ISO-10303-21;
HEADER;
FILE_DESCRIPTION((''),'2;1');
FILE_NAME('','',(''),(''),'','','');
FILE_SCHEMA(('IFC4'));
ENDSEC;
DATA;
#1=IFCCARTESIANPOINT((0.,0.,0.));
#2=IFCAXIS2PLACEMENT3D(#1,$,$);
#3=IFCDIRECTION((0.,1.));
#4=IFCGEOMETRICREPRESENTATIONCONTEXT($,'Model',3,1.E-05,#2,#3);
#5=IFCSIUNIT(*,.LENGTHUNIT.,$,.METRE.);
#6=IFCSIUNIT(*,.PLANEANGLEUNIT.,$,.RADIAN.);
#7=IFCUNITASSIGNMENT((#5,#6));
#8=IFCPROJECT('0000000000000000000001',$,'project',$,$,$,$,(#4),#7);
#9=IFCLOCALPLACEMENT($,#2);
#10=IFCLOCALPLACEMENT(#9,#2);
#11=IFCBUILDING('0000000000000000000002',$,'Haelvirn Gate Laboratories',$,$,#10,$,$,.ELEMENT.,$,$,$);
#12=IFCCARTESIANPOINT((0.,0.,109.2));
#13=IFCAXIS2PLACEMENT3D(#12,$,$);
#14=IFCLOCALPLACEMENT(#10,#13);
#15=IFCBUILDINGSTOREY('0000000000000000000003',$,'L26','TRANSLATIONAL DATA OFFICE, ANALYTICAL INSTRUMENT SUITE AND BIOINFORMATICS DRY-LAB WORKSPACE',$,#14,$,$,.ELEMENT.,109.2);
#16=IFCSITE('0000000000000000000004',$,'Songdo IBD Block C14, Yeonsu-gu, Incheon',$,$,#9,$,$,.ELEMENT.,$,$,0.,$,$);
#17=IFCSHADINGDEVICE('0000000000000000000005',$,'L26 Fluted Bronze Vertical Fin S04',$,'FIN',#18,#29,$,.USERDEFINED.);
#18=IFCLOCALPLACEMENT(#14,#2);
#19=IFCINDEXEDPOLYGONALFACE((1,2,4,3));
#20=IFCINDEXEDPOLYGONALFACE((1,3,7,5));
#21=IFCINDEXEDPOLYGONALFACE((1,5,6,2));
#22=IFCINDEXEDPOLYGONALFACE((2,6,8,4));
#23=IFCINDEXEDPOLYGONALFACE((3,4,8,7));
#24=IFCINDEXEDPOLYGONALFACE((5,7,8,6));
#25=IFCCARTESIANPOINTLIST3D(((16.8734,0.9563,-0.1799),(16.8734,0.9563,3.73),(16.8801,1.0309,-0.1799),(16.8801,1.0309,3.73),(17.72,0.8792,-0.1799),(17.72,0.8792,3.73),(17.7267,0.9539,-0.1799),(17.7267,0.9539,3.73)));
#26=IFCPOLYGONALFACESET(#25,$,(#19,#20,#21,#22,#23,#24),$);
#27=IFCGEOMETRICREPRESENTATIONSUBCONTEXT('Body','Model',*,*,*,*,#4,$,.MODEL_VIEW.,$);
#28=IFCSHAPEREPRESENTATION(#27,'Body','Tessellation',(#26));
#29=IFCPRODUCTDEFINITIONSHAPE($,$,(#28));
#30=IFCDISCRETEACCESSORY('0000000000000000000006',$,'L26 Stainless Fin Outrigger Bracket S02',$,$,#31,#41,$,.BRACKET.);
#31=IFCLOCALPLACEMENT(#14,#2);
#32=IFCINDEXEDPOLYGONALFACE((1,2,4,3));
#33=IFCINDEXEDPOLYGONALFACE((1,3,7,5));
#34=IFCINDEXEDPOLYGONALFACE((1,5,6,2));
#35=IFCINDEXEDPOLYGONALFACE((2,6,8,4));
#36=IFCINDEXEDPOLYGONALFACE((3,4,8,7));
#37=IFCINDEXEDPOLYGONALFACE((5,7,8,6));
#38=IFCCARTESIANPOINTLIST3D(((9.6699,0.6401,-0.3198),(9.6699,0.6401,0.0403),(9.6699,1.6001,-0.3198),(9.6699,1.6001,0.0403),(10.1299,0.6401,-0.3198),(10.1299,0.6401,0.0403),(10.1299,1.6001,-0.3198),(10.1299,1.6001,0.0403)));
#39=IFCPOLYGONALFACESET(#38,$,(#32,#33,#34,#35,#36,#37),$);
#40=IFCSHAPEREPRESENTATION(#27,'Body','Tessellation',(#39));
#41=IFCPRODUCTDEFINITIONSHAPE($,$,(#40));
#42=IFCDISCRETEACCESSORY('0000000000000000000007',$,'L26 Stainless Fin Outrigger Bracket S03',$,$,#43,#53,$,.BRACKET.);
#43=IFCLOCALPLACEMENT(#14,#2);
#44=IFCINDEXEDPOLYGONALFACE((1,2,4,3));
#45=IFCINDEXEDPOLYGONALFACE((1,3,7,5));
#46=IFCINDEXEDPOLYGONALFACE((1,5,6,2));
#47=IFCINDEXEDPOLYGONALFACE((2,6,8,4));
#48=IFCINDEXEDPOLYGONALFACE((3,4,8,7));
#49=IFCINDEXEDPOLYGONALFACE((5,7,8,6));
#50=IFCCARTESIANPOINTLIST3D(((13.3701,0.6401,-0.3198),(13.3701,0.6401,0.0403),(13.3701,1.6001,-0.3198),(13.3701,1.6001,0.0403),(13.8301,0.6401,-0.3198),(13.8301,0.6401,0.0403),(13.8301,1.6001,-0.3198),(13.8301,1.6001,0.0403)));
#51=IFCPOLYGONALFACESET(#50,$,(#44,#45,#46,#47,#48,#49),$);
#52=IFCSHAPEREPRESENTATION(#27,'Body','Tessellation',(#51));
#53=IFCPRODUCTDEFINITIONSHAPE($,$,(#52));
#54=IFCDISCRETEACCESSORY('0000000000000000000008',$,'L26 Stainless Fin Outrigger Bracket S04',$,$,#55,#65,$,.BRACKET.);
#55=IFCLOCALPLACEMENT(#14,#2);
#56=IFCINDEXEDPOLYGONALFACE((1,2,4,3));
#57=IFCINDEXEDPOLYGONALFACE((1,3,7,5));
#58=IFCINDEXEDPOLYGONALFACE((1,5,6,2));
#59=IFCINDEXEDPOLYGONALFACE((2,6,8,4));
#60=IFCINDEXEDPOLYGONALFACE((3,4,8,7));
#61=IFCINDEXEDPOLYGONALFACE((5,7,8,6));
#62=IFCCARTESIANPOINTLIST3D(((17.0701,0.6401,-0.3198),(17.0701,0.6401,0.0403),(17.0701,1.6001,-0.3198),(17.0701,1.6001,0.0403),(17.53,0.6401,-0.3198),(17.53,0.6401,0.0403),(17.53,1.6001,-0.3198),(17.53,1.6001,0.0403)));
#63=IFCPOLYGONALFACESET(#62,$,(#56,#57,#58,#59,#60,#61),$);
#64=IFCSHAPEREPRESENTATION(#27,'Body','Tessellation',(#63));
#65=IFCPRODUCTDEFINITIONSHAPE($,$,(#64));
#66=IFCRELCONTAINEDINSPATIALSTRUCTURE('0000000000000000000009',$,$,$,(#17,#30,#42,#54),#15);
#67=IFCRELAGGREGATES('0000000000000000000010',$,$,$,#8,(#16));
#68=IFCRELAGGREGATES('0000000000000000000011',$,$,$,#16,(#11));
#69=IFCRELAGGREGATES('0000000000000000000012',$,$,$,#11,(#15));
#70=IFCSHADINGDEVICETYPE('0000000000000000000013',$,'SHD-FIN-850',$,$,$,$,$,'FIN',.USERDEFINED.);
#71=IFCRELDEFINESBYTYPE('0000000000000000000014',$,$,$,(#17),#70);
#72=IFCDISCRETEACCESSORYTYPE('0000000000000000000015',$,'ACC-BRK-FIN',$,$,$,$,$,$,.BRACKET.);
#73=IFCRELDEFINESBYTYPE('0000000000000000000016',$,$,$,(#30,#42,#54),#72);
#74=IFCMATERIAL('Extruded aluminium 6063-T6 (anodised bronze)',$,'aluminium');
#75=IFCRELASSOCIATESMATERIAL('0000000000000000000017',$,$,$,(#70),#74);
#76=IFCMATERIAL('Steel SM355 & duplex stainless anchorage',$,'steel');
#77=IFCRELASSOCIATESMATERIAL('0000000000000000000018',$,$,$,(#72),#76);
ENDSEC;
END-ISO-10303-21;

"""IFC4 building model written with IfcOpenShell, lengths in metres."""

from ifc_helpers import new_model, si_unit, direction, frame, origin, origin_2d, place, context, subcontext, project, spatial, rectangle, extrude, source, transform, mapped, material, material_profile, profile_set, type_object, type_shapes, element, save


model = new_model("IFC4")

# Units and contexts
model_context = context("Model", 3, precision=1e-05, world=origin(), true_north=direction((0.0, 1.0)))
body_context = subcontext(model_context, "Body", "Model", "MODEL_VIEW")
ifc_project = project(units=[si_unit("LENGTHUNIT", "METRE"), si_unit("PLANEANGLEUNIT", "RADIAN")], contexts=[model_context])

# Site, building, storey
site_placement = place(None, origin())
site = spatial("IfcSite", under=ifc_project, at=site_placement, Name="Songdo IBD Block C14, Yeonsu-gu, Incheon", CompositionType="ELEMENT", RefElevation=0.0)
building_placement = place(site_placement, origin())
building = spatial("IfcBuilding", under=site, at=building_placement, Name="Haelvirn Gate Laboratories", CompositionType="ELEMENT")
storey_placement = place(building_placement, frame((0.0, 0.0, 109.2)))
storey = spatial("IfcBuildingStorey", under=building, at=storey_placement, Name="L26", Description="TRANSLATIONAL DATA OFFICE, ANALYTICAL INSTRUMENT SUITE AND BIOINFORMATICS DRY-LAB WORKSPACE", CompositionType="ELEMENT", Elevation=109.2)

# Shared definitions
ifc_material_1 = material(Name="Extruded aluminium 6063-T6 (anodised bronze)", Category="aluminium")

# Shading device
ifc_material_profile_1 = material_profile(ifc_material_1, rectangle(XDim=0.075, YDim=0.8501, at=origin_2d()), Name="FIN-850x75")
ifc_profile_set_1 = profile_set([ifc_material_profile_1], Name="Extruded aluminium 6063-T6 (anodised bronze)")
shading_device_type = type_object("IfcShadingDeviceType", Name="SHD-FIN-850", ElementType="FIN", PredefinedType="USERDEFINED", material=ifc_profile_set_1)
shared_shape_1 = source(origin(), body_context, "Body", "SweptSolid", [
    extrude(rectangle(XDim=0.075, YDim=0.8501, at=origin_2d()), origin(), (0.0, 0.0, 1.0), 3.9099),
])
type_shapes(shading_device_type, [shared_shape_1])
for number, where, z_axis, x_axis, name in (
    (1, (17.3, 0.9551, -0.1799), (0.0, 0.0, 1.0), (0.090633, 0.995884, 0.0), "L26 Fluted Bronze Vertical Fin S04"),
):
    element("IfcShadingDevice", number, at=place(storey_placement, frame(where, z_axis=z_axis, x_axis=x_axis)), inside=storey, type_object=shading_device_type, Name=name, ObjectType="FIN", PredefinedType="USERDEFINED", context=body_context, shape_type="MappedRepresentation", body=[
        mapped(shared_shape_1, transform((0.0, 0.0, 0.0), scale=1.0)),
    ])

# Discrete accessories
ifc_material_2 = material(Name="Steel SM355 & duplex stainless anchorage", Category="steel")
discrete_accessory_type = type_object("IfcDiscreteAccessoryType", Name="ACC-BRK-FIN", PredefinedType="BRACKET", material=ifc_material_2)
shared_shape_2 = source(origin(), body_context, "Body", "SweptSolid", [
    extrude(rectangle(XDim=0.46, YDim=0.96, at=origin_2d()), origin(), (0.0, 0.0, 1.0), 0.3601),
])
type_shapes(discrete_accessory_type, [shared_shape_2])
for number, where, z_axis, x_axis, name in (
    (2, (9.8999, 1.1201, -0.3198), (0.0, 0.0, 1.0), (1.0, 0.0, 0.0), "L26 Stainless Fin Outrigger Bracket S02"),
    (3, (13.6001, 1.1201, -0.3198), (0.0, 0.0, 1.0), (1.0, 0.0, 0.0), "L26 Stainless Fin Outrigger Bracket S03"),
    (4, (17.3, 1.1201, -0.3198), (0.0, 0.0, 1.0), (1.0, 0.0, 0.0), "L26 Stainless Fin Outrigger Bracket S04"),
):
    element("IfcDiscreteAccessory", number, at=place(storey_placement, frame(where, z_axis=z_axis, x_axis=x_axis)), inside=storey, type_object=discrete_accessory_type, Name=name, PredefinedType="BRACKET", context=body_context, shape_type="MappedRepresentation", body=[
        mapped(shared_shape_2, transform((0.0, 0.0, 0.0), scale=1.0)),
    ])

save(model, "model.ifc")
